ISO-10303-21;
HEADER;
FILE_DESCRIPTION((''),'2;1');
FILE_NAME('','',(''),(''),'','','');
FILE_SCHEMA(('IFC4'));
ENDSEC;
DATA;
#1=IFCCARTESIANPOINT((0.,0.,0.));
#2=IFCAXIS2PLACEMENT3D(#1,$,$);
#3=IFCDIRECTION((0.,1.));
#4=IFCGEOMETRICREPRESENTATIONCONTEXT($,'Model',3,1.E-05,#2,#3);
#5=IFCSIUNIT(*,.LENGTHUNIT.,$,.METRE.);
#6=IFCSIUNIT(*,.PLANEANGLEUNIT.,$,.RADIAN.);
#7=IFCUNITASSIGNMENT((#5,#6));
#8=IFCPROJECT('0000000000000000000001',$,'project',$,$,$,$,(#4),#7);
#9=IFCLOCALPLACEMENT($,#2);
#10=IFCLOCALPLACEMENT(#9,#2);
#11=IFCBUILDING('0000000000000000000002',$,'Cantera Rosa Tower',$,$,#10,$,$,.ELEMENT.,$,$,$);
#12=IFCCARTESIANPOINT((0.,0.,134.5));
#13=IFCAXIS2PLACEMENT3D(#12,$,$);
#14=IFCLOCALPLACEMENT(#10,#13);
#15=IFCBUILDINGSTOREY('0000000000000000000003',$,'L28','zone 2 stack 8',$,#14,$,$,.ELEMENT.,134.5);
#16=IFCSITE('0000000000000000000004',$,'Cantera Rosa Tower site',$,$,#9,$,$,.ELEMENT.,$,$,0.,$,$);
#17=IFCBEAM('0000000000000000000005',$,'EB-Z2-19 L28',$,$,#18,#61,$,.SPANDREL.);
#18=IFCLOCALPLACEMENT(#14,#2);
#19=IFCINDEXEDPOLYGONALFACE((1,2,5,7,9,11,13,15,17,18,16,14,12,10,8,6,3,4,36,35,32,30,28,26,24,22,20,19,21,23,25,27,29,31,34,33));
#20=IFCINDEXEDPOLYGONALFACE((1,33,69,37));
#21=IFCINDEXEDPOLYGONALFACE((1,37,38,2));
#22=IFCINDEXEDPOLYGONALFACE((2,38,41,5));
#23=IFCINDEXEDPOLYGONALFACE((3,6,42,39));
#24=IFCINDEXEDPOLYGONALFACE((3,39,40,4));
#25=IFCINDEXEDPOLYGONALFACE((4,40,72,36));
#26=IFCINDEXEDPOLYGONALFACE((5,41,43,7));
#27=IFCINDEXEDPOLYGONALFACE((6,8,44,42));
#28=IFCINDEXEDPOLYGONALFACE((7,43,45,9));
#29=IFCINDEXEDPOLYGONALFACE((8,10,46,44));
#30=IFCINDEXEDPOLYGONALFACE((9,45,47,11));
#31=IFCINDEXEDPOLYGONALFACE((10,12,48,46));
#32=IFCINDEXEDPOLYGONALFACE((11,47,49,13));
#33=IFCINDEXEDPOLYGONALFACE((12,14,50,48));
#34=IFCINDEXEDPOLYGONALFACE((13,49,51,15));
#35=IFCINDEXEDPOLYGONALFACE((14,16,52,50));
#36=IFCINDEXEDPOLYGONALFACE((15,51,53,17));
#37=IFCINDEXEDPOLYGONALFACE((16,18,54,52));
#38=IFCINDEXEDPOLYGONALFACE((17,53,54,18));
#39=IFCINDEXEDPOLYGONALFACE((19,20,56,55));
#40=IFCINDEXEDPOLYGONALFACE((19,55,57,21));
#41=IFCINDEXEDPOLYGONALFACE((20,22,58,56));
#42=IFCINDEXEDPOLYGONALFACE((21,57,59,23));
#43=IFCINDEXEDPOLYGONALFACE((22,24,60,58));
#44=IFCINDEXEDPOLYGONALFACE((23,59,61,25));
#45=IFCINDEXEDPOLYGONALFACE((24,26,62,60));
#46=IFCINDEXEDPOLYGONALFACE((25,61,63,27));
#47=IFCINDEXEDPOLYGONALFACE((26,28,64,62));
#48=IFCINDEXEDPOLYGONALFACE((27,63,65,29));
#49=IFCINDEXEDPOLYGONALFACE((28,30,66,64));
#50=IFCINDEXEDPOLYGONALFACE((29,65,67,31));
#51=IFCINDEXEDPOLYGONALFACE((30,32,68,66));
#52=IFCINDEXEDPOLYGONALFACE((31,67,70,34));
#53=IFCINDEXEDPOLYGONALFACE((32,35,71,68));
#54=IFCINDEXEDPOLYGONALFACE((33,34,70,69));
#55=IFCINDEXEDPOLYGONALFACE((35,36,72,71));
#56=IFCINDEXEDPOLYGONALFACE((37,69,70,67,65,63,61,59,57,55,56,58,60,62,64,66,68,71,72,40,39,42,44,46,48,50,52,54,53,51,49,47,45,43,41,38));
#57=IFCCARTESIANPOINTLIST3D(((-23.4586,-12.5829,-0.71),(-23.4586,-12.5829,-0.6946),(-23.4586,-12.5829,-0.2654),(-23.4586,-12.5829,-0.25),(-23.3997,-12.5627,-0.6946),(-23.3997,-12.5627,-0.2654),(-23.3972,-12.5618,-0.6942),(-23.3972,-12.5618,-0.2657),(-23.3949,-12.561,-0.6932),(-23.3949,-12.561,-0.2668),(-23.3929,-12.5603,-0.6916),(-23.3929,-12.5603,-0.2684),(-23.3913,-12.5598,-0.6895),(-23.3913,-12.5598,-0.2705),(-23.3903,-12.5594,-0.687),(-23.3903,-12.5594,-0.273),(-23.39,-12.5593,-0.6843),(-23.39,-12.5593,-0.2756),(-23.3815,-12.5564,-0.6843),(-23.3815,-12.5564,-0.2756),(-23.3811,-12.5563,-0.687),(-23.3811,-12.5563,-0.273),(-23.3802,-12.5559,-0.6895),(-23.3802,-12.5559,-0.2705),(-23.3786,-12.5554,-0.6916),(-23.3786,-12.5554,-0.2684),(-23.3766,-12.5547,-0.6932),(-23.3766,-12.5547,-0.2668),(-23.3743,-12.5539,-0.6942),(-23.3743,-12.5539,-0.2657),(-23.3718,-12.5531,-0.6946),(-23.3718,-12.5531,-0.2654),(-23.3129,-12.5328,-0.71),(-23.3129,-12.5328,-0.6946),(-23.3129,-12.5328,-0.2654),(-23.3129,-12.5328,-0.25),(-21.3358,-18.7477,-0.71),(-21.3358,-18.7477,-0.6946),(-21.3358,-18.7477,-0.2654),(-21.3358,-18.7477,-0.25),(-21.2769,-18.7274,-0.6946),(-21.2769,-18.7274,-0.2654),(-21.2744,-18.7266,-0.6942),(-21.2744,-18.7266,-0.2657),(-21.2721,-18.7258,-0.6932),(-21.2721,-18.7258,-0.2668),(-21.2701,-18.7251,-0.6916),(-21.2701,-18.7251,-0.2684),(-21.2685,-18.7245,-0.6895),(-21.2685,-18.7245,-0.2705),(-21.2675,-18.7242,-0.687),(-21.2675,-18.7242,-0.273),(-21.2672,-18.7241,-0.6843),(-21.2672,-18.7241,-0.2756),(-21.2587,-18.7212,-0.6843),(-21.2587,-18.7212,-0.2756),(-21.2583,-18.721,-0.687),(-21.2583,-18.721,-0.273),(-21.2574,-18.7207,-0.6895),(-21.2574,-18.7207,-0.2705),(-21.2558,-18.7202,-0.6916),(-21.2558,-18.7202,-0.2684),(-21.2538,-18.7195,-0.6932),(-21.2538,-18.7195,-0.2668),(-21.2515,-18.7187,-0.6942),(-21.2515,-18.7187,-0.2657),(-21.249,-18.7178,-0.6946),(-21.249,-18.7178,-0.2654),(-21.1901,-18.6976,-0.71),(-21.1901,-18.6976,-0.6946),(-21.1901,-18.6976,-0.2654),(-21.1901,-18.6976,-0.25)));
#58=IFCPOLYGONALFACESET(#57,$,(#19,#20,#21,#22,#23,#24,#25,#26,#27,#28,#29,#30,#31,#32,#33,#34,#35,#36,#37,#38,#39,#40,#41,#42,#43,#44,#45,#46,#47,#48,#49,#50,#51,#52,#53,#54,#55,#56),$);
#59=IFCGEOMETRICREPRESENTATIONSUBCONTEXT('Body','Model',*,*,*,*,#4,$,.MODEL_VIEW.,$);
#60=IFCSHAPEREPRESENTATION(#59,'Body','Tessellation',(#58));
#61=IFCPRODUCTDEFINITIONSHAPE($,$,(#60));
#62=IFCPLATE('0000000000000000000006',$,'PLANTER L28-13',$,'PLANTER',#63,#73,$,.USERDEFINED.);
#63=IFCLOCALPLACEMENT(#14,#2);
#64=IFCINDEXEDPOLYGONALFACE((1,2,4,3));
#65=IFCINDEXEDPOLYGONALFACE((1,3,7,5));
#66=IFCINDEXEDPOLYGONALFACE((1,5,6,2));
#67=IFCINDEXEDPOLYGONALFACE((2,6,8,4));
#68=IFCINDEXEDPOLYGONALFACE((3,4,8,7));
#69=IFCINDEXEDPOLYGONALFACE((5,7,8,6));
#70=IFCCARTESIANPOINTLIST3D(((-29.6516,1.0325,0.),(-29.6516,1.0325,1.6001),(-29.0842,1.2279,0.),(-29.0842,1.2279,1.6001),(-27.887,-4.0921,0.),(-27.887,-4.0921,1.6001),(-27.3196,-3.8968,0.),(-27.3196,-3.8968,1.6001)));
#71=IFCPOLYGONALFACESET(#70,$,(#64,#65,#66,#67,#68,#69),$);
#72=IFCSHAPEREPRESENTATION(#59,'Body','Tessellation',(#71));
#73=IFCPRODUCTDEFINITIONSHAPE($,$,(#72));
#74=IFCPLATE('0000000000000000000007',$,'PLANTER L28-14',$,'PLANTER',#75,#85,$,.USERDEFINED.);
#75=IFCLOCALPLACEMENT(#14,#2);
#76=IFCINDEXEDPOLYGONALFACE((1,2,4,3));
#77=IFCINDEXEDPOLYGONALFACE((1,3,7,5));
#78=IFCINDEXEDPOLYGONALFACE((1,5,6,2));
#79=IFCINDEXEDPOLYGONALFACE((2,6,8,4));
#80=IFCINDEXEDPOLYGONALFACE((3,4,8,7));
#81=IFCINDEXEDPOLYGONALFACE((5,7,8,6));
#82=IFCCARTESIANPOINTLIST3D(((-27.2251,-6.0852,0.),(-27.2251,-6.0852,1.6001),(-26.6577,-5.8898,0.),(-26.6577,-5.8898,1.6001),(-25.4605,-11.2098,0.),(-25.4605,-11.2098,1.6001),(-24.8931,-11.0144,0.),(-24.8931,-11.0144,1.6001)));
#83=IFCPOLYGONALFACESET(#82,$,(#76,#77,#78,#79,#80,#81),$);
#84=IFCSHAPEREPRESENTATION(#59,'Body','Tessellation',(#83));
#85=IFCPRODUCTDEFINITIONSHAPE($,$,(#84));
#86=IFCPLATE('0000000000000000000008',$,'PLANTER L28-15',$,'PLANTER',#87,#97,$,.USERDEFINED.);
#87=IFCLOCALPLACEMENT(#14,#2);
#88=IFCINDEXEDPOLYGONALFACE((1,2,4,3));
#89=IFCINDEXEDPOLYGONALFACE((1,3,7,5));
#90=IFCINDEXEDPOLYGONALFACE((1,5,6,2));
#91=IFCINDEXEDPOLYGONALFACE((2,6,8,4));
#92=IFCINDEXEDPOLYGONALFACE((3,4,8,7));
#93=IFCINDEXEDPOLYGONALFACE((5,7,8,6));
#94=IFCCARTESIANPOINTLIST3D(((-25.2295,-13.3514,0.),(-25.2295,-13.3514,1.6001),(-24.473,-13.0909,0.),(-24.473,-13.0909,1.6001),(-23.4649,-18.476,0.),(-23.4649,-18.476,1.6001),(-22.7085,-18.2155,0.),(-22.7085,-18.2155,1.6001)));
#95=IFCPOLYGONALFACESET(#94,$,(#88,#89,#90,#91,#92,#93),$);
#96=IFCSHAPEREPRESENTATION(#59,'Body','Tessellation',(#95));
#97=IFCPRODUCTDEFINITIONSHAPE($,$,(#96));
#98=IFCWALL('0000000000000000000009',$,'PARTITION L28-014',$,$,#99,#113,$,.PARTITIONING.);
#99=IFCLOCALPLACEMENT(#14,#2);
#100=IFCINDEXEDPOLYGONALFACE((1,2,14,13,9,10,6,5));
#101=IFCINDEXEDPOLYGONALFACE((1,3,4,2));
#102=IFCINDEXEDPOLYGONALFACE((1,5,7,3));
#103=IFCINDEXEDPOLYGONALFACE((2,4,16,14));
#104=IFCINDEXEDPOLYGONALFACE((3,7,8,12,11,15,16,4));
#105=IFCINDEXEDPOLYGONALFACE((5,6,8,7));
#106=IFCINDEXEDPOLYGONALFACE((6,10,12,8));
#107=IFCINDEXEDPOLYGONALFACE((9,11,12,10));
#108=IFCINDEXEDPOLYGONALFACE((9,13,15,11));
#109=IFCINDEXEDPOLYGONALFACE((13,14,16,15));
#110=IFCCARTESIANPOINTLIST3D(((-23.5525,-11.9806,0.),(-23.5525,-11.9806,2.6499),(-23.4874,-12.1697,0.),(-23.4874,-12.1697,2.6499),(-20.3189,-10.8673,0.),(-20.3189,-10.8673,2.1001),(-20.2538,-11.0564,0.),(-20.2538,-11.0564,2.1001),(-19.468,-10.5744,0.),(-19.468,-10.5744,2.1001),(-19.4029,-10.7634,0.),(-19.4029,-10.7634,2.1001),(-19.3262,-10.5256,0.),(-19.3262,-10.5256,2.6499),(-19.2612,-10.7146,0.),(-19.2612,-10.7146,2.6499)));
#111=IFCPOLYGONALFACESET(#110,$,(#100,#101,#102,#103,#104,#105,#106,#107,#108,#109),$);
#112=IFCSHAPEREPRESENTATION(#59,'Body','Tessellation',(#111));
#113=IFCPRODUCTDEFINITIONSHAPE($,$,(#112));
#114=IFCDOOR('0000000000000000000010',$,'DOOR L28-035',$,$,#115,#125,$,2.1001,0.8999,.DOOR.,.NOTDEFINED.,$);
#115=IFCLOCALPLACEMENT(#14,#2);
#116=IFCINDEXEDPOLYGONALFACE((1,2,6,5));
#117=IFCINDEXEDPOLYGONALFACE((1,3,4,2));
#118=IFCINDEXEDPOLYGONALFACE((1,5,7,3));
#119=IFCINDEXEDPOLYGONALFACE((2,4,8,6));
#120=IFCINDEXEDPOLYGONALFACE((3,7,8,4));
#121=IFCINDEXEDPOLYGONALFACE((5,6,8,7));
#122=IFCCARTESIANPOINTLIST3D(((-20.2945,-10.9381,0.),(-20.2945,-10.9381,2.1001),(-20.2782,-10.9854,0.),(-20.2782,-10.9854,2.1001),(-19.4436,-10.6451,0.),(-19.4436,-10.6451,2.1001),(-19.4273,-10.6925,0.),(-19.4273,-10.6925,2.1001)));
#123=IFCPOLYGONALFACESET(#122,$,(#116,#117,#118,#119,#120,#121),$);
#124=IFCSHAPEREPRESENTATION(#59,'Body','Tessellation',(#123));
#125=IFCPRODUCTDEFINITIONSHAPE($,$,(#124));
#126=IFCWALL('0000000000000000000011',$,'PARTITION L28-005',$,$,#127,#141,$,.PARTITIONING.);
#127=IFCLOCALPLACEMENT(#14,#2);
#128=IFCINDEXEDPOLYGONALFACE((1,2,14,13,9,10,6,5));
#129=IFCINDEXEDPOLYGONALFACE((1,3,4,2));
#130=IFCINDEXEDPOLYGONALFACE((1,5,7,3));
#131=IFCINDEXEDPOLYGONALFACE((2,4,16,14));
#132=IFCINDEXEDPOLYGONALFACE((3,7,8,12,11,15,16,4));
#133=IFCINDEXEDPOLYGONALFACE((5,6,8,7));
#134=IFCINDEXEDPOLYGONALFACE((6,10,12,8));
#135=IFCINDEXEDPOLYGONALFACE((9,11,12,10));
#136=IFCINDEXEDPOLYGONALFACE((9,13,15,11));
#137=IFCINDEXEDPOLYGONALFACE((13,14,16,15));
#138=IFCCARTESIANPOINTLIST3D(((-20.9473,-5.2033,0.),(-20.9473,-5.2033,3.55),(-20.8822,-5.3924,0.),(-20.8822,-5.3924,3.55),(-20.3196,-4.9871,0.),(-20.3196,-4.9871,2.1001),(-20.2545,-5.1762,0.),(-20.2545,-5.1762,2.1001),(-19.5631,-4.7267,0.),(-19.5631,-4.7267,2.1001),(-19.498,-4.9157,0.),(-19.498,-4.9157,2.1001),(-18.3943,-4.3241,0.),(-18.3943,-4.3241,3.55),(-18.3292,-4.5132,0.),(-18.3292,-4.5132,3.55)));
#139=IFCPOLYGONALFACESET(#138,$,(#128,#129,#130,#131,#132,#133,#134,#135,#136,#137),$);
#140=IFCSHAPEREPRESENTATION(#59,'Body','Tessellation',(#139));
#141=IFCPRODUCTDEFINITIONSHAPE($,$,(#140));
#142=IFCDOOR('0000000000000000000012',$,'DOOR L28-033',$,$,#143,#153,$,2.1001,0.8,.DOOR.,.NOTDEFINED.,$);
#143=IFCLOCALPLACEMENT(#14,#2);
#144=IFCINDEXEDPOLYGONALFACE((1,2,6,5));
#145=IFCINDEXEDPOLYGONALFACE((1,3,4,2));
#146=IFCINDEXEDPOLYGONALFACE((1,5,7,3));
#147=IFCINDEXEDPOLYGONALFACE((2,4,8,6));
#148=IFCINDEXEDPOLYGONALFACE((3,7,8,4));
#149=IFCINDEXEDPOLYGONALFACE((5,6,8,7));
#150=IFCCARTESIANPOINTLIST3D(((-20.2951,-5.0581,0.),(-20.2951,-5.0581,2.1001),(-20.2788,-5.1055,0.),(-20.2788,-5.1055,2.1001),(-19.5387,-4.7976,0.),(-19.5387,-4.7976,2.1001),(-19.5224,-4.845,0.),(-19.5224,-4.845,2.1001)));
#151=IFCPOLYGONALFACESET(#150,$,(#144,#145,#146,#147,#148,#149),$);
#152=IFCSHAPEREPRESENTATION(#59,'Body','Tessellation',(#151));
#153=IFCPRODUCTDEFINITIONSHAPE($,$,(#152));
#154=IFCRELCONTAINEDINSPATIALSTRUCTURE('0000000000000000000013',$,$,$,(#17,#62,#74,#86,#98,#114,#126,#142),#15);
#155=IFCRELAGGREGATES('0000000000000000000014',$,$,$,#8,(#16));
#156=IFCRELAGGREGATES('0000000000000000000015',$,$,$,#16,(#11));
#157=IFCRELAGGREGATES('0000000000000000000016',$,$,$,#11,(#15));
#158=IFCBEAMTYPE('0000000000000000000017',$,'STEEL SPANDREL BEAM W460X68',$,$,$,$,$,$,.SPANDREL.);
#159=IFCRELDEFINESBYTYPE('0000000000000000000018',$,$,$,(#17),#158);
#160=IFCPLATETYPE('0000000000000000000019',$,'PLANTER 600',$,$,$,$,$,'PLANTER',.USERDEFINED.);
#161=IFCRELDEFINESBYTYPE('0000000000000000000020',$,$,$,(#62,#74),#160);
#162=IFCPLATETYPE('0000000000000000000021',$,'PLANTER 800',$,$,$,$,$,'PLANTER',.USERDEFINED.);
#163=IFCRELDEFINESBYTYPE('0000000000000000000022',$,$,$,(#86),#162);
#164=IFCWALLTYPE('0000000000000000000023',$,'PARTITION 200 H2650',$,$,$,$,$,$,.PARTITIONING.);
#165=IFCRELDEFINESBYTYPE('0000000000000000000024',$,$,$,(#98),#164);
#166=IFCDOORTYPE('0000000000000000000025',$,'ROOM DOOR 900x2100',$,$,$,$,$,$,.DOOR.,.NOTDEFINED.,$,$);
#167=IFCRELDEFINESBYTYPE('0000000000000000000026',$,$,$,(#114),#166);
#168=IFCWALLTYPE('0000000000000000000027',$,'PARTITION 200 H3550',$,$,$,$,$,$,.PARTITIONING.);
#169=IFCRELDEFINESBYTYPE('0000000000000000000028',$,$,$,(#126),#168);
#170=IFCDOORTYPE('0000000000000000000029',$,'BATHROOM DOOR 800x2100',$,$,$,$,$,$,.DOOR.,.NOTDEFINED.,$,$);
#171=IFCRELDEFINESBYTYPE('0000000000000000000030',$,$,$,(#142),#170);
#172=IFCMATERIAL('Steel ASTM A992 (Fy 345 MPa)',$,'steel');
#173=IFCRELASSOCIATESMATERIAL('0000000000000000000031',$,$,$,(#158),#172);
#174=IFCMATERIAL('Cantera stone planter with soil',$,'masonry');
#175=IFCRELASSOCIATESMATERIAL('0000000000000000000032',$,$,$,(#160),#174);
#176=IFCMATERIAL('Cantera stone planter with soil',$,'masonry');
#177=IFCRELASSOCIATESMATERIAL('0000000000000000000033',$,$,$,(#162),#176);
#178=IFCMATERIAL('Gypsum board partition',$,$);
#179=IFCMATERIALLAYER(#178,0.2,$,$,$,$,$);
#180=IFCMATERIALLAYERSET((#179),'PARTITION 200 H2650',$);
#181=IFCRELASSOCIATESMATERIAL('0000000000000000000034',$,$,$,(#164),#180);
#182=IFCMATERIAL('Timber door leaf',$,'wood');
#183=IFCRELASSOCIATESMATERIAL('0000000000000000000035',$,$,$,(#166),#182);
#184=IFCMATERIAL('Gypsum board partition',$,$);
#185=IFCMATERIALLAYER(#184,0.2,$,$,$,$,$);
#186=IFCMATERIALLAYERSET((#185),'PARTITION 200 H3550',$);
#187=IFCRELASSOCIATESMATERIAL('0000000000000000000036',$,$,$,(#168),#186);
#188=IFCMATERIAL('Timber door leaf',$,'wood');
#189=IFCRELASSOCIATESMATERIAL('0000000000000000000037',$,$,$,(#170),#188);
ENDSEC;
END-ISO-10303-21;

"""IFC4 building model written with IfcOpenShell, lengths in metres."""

from ifc_helpers import new_model, si_unit, direction, frame, frame_2d, origin, origin_2d, place, context, subcontext, project, spatial, rectangle, i_section, extrude, material, layer, layer_set, material_profile, profile_set, type_object, element, fill, save


model = new_model("IFC4")

# Units and contexts
model_context = context("Model", 3, precision=1e-05, world=origin(), true_north=direction((0.0, 1.0)))
body_context = subcontext(model_context, "Body", "Model", "MODEL_VIEW")
ifc_project = project(units=[si_unit("LENGTHUNIT", "METRE"), si_unit("PLANEANGLEUNIT", "RADIAN")], contexts=[model_context])

# Site, building, storey
site_placement = place(None, origin())
site = spatial("IfcSite", under=ifc_project, at=site_placement, Name="Cantera Rosa Tower site", CompositionType="ELEMENT", RefElevation=0.0)
building_placement = place(site_placement, origin())
building = spatial("IfcBuilding", under=site, at=building_placement, Name="Cantera Rosa Tower", CompositionType="ELEMENT")
storey_placement = place(building_placement, frame((0.0, 0.0, 134.5)))
storey = spatial("IfcBuildingStorey", under=building, at=storey_placement, Name="L28", Description="zone 2 stack 8", CompositionType="ELEMENT", Elevation=134.5)

# Beam
ifc_material_1 = material(Name="Steel ASTM A992 (Fy 345 MPa)", Category="steel")
ifc_material_profile_1 = material_profile(ifc_material_1, i_section(OverallWidth=0.1541, OverallDepth=0.46, WebThickness=0.009, FlangeThickness=0.0154, FilletRadius=0.0103, at=origin_2d()), Name="W460X68")
ifc_profile_set_1 = profile_set([ifc_material_profile_1], Name="Steel ASTM A992 (Fy 345 MPa)")
beam_type_1 = type_object("IfcBeamType", Name="STEEL SPANDREL BEAM W460X68", PredefinedType="SPANDREL", material=ifc_profile_set_1)
for number, where, z_axis, x_axis, name in (
    (1, (-23.3857, -12.5579, -0.48), (0.325581, -0.945514, 0.0), (0.945514, 0.325581, 0.0), "EB-Z2-19 L28"),
):
    element("IfcBeam", number, at=place(storey_placement, frame(where, z_axis=z_axis, x_axis=x_axis)), inside=storey, type_object=beam_type_1, Name=name, PredefinedType="SPANDREL", context=body_context, shape_type="SweptSolid", body=[
        extrude(i_section(OverallWidth=0.1541, OverallDepth=0.46, WebThickness=0.009, FlangeThickness=0.0154, FilletRadius=0.0103, at=origin_2d()), origin(), (0.0, 0.0, 1.0), 6.52),
    ])

# Plates
ifc_material_2 = material(Name="Cantera stone planter with soil", Category="masonry")
plate_type_1 = type_object("IfcPlateType", Name="PLANTER 600", ElementType="PLANTER", PredefinedType="USERDEFINED", material=ifc_material_2)
for number, where, z_axis, x_axis, name in (
    (2, (-28.4856, -1.4321, 0.0), (0.0, 0.0, 1.0), (0.325568, -0.945519, 0.0), "PLANTER L28-13"),
    (3, (-26.0591, -8.5498, 0.0), (0.0, 0.0, 1.0), (0.325568, -0.945519, 0.0), "PLANTER L28-14"),
):
    element("IfcPlate", number, at=place(storey_placement, frame(where, z_axis=z_axis, x_axis=x_axis)), inside=storey, type_object=plate_type_1, Name=name, ObjectType="PLANTER", PredefinedType="USERDEFINED", context=body_context, shape_type="SweptSolid", body=[
        extrude(rectangle(XDim=5.4199, YDim=0.6001, at=origin_2d()), origin(), (0.0, 0.0, 1.0), 1.6001),
    ])
ifc_material_3 = material(Name="Cantera stone planter with soil", Category="masonry")
plate_type_2 = type_object("IfcPlateType", Name="PLANTER 800", ElementType="PLANTER", PredefinedType="USERDEFINED", material=ifc_material_3)
plate_placement = place(storey_placement, frame((-23.969, -15.7834, 0.0), z_axis=(0.0, 0.0, 1.0), x_axis=(0.325568, -0.945519, 0.0)))
element("IfcPlate", 4, at=plate_placement, inside=storey, type_object=plate_type_2, Name="PLANTER L28-15", ObjectType="PLANTER", PredefinedType="USERDEFINED", context=body_context, shape_type="SweptSolid", body=[
    extrude(rectangle(XDim=5.4199, YDim=0.8, at=origin_2d()), origin(), (0.0, 0.0, 1.0), 1.6001),
])

# Walls, openings, doors
ifc_material_4 = material(Name="Gypsum board partition")
ifc_layer_1 = layer(ifc_material_4, 0.2)
ifc_layer_set_1 = layer_set([ifc_layer_1], Name="PARTITION 200 H2650")
wall_type_1 = type_object("IfcWallType", Name="PARTITION 200 H2650", PredefinedType="PARTITIONING", material=ifc_layer_set_1)
wall_1_placement = place(storey_placement, frame((-19.2937, -10.6201, 0.0), z_axis=(0.0, 0.0, 1.0), x_axis=(-0.94553, -0.325536, 0.0)))
wall_1 = element("IfcWall", 5, at=wall_1_placement, inside=storey, type_object=wall_type_1, Name="PARTITION L28-014", PredefinedType="PARTITIONING", context=body_context, shape_type="SweptSolid", body=[
    extrude(rectangle(XDim=4.4697, YDim=0.2, at=frame_2d((2.2349, 0.0))), origin(), (0.0, 0.0, 1.0), 2.6499),
])
opening_1_placement = place(wall_1_placement, frame((0.1499, 0.0, 0.0)))
opening_1 = element("IfcOpeningElement", 6, at=opening_1_placement, cuts=wall_1, PredefinedType="OPENING", context=body_context, shape_type="SweptSolid", body=[
    extrude(rectangle(XDim=0.8999, YDim=2.1001, at=frame_2d((0.45, 1.05))), frame((0.0, 0.1099, 0.0), z_axis=(0.0, -1.0, 0.0), x_axis=(1.0, 0.0, 0.0)), (0.0, 0.0, 1.0), 0.22),
])
ifc_material_5 = material(Name="Timber door leaf", Category="wood")
door_type_1 = type_object("IfcDoorType", Name="ROOM DOOR 900x2100", OperationType="NOTDEFINED", PredefinedType="DOOR", material=ifc_material_5)
door_1_placement = place(opening_1_placement, origin())
door_1 = element("IfcDoor", 7, at=door_1_placement, inside=storey, type_object=door_type_1, Name="DOOR L28-035", OperationType="NOTDEFINED", OverallHeight=2.1001, OverallWidth=0.8999, PredefinedType="DOOR", context=body_context, shape_type="SweptSolid", body=[
    extrude(rectangle(XDim=0.8999, YDim=2.1001, at=frame_2d((0.45, 1.05))), frame((0.0, 0.0249, 0.0), z_axis=(0.0, -1.0, 0.0), x_axis=(1.0, 0.0, 0.0)), (0.0, 0.0, 1.0), 0.05),
])
fill(opening_1, door_1)
ifc_material_6 = material(Name="Gypsum board partition")
ifc_layer_2 = layer(ifc_material_6, 0.2)
ifc_layer_set_2 = layer_set([ifc_layer_2], Name="PARTITION 200 H3550")
wall_type_2 = type_object("IfcWallType", Name="PARTITION 200 H3550", PredefinedType="PARTITIONING", material=ifc_layer_set_2)
wall_2_placement = place(storey_placement, frame((-20.9148, -5.2979, 0.0), z_axis=(0.0, 0.0, 1.0), x_axis=(0.945508, 0.325598, 0.0)))
wall_2 = element("IfcWall", 8, at=wall_2_placement, inside=storey, type_object=wall_type_2, Name="PARTITION L28-005", PredefinedType="PARTITIONING", context=body_context, shape_type="SweptSolid", body=[
    extrude(rectangle(XDim=2.7002, YDim=0.2, at=frame_2d((1.3501, 0.0))), origin(), (0.0, 0.0, 1.0), 3.55),
])
opening_2_placement = place(wall_2_placement, frame((0.6641, 0.0, 0.0)))
opening_2 = element("IfcOpeningElement", 9, at=opening_2_placement, cuts=wall_2, PredefinedType="OPENING", context=body_context, shape_type="SweptSolid", body=[
    extrude(rectangle(XDim=0.8, YDim=2.1001, at=frame_2d((0.3999, 1.05))), frame((0.0, 0.1099, 0.0), z_axis=(0.0, -1.0, 0.0), x_axis=(1.0, 0.0, 0.0)), (0.0, 0.0, 1.0), 0.22),
])
ifc_material_7 = material(Name="Timber door leaf", Category="wood")
door_type_2 = type_object("IfcDoorType", Name="BATHROOM DOOR 800x2100", OperationType="NOTDEFINED", PredefinedType="DOOR", material=ifc_material_7)
door_2_placement = place(opening_2_placement, origin())
door_2 = element("IfcDoor", 10, at=door_2_placement, inside=storey, type_object=door_type_2, Name="DOOR L28-033", OperationType="NOTDEFINED", OverallHeight=2.1001, OverallWidth=0.8, PredefinedType="DOOR", context=body_context, shape_type="SweptSolid", body=[
    extrude(rectangle(XDim=0.8, YDim=2.1001, at=frame_2d((0.3999, 1.05))), frame((0.0, 0.0249, 0.0), z_axis=(0.0, -1.0, 0.0), x_axis=(1.0, 0.0, 0.0)), (0.0, 0.0, 1.0), 0.05),
])
fill(opening_2, door_2)

save(model, "model.ifc")
